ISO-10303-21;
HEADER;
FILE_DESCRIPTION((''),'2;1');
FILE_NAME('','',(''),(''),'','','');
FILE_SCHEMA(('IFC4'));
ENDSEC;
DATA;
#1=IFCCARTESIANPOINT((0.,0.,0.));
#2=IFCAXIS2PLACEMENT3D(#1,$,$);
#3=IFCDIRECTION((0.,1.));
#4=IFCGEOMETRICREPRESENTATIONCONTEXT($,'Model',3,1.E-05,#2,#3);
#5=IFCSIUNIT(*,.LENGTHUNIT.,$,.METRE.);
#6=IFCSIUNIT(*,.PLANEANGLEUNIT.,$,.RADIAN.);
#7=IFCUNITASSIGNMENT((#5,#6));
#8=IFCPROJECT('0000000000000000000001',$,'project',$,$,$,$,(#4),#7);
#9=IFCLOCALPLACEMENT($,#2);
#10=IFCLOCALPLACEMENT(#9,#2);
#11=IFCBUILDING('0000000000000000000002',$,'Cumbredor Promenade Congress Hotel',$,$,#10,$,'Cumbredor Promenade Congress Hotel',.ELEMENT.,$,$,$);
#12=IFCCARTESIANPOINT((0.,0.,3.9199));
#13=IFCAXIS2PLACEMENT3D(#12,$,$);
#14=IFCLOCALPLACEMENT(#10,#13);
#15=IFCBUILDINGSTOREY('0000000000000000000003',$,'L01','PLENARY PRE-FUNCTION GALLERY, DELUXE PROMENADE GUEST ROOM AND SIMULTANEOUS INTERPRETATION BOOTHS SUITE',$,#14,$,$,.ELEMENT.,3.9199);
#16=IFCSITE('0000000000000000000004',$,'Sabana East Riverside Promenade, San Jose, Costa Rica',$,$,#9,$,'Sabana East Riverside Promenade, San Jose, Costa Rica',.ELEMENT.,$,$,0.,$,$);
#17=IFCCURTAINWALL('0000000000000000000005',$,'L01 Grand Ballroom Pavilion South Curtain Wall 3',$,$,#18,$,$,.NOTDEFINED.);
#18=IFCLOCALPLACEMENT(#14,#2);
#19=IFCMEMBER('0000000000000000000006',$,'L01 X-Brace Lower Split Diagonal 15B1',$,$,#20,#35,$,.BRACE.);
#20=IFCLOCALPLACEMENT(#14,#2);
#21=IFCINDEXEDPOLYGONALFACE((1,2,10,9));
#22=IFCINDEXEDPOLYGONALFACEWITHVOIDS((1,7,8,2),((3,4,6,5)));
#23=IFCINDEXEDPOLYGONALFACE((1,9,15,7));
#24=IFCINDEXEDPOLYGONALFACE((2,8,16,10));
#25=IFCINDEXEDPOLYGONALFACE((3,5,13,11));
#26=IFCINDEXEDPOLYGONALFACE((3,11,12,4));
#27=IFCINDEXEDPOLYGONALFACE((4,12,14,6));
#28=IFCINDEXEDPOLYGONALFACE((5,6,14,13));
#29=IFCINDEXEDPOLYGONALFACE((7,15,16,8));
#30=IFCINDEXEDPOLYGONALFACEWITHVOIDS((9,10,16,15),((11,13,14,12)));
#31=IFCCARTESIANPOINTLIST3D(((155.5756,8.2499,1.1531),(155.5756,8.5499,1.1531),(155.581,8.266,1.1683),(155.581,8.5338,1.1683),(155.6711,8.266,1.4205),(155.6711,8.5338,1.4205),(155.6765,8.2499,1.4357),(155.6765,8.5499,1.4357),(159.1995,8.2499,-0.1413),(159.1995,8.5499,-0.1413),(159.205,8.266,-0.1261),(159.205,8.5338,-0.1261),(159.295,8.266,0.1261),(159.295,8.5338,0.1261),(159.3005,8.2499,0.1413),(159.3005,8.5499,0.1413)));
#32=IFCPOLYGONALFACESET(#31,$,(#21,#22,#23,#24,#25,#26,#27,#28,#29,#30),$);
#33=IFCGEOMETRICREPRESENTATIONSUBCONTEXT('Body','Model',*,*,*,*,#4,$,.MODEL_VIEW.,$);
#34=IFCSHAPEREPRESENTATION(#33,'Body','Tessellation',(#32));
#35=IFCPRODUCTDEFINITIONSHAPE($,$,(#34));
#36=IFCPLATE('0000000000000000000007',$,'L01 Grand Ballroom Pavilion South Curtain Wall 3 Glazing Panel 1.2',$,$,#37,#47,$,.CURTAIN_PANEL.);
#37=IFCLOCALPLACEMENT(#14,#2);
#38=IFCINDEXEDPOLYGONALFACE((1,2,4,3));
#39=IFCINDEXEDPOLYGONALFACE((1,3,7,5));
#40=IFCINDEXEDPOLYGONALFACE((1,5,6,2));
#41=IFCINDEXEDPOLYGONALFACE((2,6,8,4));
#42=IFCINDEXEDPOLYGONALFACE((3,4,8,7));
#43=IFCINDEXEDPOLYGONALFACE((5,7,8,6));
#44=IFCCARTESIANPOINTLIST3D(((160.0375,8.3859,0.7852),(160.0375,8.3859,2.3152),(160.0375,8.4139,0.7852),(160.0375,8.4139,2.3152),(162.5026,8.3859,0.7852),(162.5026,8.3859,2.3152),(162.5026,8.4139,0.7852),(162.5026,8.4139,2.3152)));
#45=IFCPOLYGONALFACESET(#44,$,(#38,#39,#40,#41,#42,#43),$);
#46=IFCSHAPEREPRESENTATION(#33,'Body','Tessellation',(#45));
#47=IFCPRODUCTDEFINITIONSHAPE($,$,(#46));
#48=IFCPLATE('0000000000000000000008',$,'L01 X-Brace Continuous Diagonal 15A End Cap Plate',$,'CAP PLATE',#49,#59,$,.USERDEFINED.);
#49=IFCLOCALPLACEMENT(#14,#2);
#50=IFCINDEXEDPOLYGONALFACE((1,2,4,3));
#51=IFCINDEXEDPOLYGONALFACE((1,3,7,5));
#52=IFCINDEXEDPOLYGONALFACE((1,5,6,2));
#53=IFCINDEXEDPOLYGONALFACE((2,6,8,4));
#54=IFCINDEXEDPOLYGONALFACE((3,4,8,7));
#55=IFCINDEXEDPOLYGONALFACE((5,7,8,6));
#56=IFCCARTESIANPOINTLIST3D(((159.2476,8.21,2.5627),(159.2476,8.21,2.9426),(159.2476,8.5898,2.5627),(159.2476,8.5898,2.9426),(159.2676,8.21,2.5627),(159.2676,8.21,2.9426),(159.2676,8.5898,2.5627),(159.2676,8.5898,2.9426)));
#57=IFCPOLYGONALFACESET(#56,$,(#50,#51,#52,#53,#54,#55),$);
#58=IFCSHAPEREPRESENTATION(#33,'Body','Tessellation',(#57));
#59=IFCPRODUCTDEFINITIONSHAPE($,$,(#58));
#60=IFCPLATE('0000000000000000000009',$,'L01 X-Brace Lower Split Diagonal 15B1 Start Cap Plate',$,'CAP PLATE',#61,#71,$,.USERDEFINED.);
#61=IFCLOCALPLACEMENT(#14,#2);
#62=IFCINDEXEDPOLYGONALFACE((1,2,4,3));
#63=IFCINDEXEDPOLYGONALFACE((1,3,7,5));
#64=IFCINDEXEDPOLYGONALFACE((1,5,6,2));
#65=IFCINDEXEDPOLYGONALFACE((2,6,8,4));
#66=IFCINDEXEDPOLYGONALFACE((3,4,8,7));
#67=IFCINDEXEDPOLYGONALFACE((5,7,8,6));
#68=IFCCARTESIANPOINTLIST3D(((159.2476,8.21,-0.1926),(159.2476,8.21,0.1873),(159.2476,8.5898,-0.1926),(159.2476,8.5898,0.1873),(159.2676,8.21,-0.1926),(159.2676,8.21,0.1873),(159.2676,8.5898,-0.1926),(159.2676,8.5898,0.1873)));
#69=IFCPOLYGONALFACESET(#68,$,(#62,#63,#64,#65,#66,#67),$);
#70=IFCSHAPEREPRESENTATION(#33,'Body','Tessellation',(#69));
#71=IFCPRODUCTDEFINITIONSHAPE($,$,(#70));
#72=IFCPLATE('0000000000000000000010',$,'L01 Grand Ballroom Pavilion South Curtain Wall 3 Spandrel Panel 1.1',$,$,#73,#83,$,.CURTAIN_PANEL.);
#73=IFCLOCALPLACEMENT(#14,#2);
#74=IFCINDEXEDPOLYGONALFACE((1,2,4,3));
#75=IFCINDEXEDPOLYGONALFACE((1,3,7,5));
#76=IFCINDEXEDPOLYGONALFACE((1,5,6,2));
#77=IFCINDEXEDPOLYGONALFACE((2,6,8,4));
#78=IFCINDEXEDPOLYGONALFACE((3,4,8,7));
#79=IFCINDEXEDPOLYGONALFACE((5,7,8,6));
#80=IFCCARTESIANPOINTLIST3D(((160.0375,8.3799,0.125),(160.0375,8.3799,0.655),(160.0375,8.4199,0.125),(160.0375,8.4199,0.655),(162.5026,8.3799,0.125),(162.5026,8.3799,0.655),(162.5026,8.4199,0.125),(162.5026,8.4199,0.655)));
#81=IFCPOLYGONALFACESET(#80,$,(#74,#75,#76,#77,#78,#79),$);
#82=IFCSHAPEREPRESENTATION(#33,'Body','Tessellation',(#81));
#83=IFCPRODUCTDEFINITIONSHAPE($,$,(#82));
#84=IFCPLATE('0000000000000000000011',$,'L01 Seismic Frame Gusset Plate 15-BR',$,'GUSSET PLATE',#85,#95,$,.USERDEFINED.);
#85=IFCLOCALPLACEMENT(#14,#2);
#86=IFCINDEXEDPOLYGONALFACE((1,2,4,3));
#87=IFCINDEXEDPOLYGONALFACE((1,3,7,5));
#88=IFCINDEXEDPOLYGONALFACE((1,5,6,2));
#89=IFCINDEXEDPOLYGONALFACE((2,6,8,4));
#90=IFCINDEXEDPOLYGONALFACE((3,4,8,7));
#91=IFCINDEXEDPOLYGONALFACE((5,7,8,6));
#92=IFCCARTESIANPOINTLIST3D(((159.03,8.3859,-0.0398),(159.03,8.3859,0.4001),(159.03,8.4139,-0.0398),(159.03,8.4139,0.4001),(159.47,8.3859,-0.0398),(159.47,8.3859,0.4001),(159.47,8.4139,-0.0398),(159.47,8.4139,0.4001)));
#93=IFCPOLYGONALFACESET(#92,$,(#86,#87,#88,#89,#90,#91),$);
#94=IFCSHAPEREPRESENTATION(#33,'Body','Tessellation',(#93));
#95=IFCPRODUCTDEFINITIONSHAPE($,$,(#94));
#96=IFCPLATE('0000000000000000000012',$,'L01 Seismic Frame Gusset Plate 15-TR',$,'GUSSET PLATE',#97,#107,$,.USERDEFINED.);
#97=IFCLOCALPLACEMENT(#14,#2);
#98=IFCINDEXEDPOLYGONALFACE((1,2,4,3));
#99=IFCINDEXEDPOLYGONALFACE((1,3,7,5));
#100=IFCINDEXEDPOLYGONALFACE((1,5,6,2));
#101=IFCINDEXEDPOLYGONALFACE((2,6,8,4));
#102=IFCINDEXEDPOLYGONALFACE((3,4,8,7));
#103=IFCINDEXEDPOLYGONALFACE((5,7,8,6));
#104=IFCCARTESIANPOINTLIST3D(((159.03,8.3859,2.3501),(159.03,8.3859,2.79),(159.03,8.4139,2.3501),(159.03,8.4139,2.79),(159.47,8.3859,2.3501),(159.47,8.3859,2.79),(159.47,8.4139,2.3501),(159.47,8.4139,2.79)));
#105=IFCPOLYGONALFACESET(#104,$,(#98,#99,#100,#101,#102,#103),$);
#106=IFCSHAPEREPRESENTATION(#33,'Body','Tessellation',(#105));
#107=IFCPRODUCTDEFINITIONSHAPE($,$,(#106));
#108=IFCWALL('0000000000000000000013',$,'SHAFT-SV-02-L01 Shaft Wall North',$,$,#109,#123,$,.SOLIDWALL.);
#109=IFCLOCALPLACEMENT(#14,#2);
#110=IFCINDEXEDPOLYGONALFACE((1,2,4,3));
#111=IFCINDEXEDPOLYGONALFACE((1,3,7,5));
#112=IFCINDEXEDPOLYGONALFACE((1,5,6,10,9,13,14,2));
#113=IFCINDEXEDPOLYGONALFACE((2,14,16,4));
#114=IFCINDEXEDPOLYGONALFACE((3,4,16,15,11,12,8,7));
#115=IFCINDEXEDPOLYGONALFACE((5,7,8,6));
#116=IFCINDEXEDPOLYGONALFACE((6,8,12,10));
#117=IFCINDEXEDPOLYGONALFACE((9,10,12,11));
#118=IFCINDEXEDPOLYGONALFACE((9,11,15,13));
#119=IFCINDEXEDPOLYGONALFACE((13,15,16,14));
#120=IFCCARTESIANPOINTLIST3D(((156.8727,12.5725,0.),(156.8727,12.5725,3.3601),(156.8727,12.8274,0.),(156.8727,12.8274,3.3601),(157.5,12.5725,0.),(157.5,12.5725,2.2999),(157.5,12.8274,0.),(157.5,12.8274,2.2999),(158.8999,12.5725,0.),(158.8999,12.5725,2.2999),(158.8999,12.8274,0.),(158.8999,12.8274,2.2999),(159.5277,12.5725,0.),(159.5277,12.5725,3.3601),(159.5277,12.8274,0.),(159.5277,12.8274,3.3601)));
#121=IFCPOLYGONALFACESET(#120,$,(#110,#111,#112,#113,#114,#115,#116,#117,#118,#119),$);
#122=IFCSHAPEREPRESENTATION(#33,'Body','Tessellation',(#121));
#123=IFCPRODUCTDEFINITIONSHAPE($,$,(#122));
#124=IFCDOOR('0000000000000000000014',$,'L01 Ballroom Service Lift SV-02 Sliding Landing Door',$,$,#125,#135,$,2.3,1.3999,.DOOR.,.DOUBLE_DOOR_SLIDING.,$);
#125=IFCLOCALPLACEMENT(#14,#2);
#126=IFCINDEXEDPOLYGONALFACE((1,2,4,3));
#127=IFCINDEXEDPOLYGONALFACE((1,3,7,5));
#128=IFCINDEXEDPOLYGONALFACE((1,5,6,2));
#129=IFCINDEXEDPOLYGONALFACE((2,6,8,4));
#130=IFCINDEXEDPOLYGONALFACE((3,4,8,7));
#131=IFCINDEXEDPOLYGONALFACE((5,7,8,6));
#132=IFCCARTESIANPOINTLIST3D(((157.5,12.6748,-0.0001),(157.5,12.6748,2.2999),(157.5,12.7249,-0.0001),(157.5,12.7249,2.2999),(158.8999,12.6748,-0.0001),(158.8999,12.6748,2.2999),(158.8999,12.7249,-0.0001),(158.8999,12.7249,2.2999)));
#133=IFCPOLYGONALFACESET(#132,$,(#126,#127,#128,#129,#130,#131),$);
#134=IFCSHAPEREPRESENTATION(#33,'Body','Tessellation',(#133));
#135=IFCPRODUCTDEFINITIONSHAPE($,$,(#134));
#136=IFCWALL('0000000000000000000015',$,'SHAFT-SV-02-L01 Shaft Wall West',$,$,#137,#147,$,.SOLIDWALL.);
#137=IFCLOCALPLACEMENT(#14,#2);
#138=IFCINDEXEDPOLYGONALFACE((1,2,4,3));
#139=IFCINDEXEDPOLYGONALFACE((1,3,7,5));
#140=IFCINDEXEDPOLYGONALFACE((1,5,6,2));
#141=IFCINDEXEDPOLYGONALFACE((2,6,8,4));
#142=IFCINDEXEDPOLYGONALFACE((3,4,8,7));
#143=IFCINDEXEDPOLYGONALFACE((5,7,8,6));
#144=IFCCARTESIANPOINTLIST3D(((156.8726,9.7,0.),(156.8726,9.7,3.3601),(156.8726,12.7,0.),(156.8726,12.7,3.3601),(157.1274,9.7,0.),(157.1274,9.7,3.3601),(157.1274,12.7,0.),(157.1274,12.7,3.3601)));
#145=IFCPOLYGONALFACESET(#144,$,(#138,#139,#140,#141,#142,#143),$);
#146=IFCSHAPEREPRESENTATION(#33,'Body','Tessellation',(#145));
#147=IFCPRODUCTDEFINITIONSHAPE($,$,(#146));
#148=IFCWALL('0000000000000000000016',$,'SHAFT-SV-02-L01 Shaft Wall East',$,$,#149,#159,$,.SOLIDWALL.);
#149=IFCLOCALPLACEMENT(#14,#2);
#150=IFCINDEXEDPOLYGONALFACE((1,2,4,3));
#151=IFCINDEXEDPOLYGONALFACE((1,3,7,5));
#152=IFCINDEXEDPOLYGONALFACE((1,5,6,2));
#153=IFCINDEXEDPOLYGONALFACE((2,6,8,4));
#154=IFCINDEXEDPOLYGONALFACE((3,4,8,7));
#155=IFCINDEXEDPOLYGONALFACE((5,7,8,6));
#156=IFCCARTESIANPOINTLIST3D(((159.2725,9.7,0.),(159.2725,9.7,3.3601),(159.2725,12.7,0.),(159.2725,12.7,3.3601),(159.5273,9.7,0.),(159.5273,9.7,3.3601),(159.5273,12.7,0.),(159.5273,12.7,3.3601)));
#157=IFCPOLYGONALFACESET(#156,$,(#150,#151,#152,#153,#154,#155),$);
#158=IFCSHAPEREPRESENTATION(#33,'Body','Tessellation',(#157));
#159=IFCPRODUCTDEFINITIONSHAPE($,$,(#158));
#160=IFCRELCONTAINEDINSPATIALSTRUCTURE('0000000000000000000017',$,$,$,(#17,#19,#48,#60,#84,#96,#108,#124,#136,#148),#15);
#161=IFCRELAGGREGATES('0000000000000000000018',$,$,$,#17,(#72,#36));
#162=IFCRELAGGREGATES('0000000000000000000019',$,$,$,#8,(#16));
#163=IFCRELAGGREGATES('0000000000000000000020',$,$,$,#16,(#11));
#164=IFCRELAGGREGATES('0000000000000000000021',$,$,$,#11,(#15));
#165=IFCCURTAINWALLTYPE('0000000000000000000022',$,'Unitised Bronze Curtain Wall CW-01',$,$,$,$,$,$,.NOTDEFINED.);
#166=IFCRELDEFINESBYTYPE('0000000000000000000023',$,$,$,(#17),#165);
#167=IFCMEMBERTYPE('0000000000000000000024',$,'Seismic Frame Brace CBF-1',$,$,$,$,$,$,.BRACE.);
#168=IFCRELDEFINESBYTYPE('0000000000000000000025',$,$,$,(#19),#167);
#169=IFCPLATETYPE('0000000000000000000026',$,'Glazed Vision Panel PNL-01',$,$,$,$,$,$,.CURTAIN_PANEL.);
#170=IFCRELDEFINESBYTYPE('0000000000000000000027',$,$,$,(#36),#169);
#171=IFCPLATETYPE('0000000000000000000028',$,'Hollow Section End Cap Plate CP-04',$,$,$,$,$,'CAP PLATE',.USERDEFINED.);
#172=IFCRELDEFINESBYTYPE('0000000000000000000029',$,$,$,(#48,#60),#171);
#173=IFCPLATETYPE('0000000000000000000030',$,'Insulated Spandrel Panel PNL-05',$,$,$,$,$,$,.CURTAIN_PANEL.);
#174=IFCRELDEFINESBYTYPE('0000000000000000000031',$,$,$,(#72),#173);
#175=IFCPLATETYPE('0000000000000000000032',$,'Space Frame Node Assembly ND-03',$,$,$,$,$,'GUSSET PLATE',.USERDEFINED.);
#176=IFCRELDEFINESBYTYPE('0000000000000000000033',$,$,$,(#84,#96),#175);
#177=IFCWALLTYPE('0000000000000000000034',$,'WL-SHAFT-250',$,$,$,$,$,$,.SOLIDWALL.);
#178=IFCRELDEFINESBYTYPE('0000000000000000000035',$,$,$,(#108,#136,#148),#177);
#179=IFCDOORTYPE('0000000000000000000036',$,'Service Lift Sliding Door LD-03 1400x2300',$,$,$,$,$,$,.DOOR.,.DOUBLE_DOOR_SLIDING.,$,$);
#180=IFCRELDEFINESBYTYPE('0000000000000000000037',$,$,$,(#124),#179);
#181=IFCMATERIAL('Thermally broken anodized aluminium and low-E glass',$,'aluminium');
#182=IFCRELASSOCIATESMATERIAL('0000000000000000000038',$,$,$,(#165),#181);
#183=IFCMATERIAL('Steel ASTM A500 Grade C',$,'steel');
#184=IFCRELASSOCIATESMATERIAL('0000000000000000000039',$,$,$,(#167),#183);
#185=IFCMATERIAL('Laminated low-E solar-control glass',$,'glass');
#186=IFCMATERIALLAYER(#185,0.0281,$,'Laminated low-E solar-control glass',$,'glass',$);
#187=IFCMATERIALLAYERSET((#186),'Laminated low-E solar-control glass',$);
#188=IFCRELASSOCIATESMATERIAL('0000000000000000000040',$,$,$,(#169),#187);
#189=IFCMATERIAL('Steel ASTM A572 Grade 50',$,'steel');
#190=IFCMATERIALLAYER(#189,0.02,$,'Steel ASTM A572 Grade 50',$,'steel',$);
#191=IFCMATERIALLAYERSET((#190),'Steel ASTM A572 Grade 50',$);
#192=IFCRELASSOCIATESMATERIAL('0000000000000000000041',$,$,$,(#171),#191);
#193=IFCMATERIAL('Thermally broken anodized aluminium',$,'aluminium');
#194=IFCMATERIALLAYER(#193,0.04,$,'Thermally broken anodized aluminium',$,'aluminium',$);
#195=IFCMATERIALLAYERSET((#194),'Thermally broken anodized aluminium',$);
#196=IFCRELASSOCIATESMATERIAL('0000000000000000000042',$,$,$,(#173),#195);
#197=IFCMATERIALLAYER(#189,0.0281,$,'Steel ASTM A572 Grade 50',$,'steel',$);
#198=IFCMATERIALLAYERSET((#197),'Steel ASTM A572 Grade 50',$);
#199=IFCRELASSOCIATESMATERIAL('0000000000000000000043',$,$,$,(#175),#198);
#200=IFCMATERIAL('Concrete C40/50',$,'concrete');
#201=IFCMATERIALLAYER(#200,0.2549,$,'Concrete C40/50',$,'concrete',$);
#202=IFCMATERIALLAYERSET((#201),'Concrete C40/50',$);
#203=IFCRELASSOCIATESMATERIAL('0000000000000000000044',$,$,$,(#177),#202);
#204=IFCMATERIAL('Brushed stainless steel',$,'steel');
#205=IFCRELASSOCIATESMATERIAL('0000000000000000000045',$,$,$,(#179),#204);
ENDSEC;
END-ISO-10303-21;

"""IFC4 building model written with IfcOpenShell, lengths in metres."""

from ifc_helpers import new_model, si_unit, direction, frame, frame_2d, origin, origin_2d, place, context, subcontext, project, spatial, rectangle, hollow_rectangle, extrude, material, layer, layer_set, material_profile, profile_set, type_object, element, fill, aggregate, save


model = new_model("IFC4")

# Units and contexts
model_context = context("Model", 3, precision=1e-05, world=origin(), true_north=direction((0.0, 1.0)))
body_context = subcontext(model_context, "Body", "Model", "MODEL_VIEW")
ifc_project = project(units=[si_unit("LENGTHUNIT", "METRE"), si_unit("PLANEANGLEUNIT", "RADIAN")], contexts=[model_context])

# Site, building, storey
site_placement = place(None, origin())
site = spatial("IfcSite", under=ifc_project, at=site_placement, Name="Sabana East Riverside Promenade, San Jose, Costa Rica", LongName="Sabana East Riverside Promenade, San Jose, Costa Rica", CompositionType="ELEMENT", RefElevation=0.0)
building_placement = place(site_placement, origin())
building = spatial("IfcBuilding", under=site, at=building_placement, Name="Cumbredor Promenade Congress Hotel", LongName="Cumbredor Promenade Congress Hotel", CompositionType="ELEMENT")
storey_placement = place(building_placement, frame((0.0, 0.0, 3.9199)))
storey = spatial("IfcBuildingStorey", under=building, at=storey_placement, Name="L01", Description="PLENARY PRE-FUNCTION GALLERY, DELUXE PROMENADE GUEST ROOM AND SIMULTANEOUS INTERPRETATION BOOTHS SUITE", CompositionType="ELEMENT", Elevation=3.9199)

# Shared definitions
ifc_material_1 = material(Name="Concrete C40/50", Category="concrete")

# Curtain wall
ifc_material_2 = material(Name="Thermally broken anodized aluminium and low-E glass", Category="aluminium")
curtain_wall_type = type_object("IfcCurtainWallType", Name="Unitised Bronze Curtain Wall CW-01", PredefinedType="NOTDEFINED", material=ifc_material_2)
curtain_wall_placement = place(storey_placement, origin())
curtain_wall = element("IfcCurtainWall", 1, at=curtain_wall_placement, inside=storey, type_object=curtain_wall_type, Name="L01 Grand Ballroom Pavilion South Curtain Wall 3", PredefinedType="NOTDEFINED")
ifc_material_3 = material(Name="Thermally broken anodized aluminium", Category="aluminium")

# Member
ifc_material_4 = material(Name="Steel ASTM A500 Grade C", Category="steel")
ifc_material_profile_1 = material_profile(ifc_material_4, hollow_rectangle(XDim=0.3, YDim=0.3, WallThickness=0.0161, at=origin_2d()), Name="HSS 300x300x16")
ifc_profile_set_1 = profile_set([ifc_material_profile_1], Name="Steel ASTM A500 Grade C")
member_type_1 = type_object("IfcMemberType", Name="Seismic Frame Brace CBF-1", PredefinedType="BRACE", material=ifc_profile_set_1)
member_1_placement = place(storey_placement, frame((159.25, 8.3999, 0.0), z_axis=(-0.94173, 0.0, 0.336369), x_axis=(0.0, -1.0, 0.0)))
element("IfcMember", 2, at=member_1_placement, inside=storey, type_object=member_type_1, Name="L01 X-Brace Lower Split Diagonal 15B1", PredefinedType="BRACE", context=body_context, shape_type="SweptSolid", body=[
    extrude(hollow_rectangle(XDim=0.3, YDim=0.3, WallThickness=0.0161, at=origin_2d()), origin(), (0.0, 0.0, 1.0), 3.8481),
])

# Plate
ifc_material_5 = material(Name="Laminated low-E solar-control glass", Category="glass")
ifc_layer_1 = layer(ifc_material_5, 0.0281, Name="Laminated low-E solar-control glass", Category="glass")
ifc_layer_set_1 = layer_set([ifc_layer_1], Name="Laminated low-E solar-control glass")
plate_type_1 = type_object("IfcPlateType", Name="Glazed Vision Panel PNL-01", PredefinedType="CURTAIN_PANEL", material=ifc_layer_set_1)
plate_1_placement = place(storey_placement, frame((161.27, 8.3999, 0.7852), z_axis=(0.0, 0.0, 1.0), x_axis=(1.0, 0.0, 0.0)))
plate_1 = element("IfcPlate", 3, at=plate_1_placement, type_object=plate_type_1, Name="L01 Grand Ballroom Pavilion South Curtain Wall 3 Glazing Panel 1.2", PredefinedType="CURTAIN_PANEL", context=body_context, shape_type="SweptSolid", body=[
    extrude(rectangle(XDim=2.4651, YDim=0.0281, at=origin_2d()), origin(), (0.0, 0.0, 1.0), 1.53),
])

# Plates
ifc_material_6 = material(Name="Steel ASTM A572 Grade 50", Category="steel")
ifc_layer_2 = layer(ifc_material_6, 0.02, Name="Steel ASTM A572 Grade 50", Category="steel")
ifc_layer_set_2 = layer_set([ifc_layer_2], Name="Steel ASTM A572 Grade 50")
plate_type_2 = type_object("IfcPlateType", Name="Hollow Section End Cap Plate CP-04", ElementType="CAP PLATE", PredefinedType="USERDEFINED", material=ifc_layer_set_2)
for number, where, z_axis, x_axis, name in (
    (4, (159.2576, 8.3999, 2.5627), (0.0, 0.0, 1.0), (1.0, 0.0, 0.0), "L01 X-Brace Continuous Diagonal 15A End Cap Plate"),
    (5, (159.2576, 8.3999, -0.1926), (0.0, 0.0, 1.0), (-1.0, 0.0, 0.0), "L01 X-Brace Lower Split Diagonal 15B1 Start Cap Plate"),
):
    element("IfcPlate", number, at=place(storey_placement, frame(where, z_axis=z_axis, x_axis=x_axis)), inside=storey, type_object=plate_type_2, Name=name, ObjectType="CAP PLATE", PredefinedType="USERDEFINED", context=body_context, shape_type="SweptSolid", body=[
        extrude(rectangle(XDim=0.02, YDim=0.3799, at=origin_2d()), origin(), (0.0, 0.0, 1.0), 0.3799),
    ])

# Plate
ifc_layer_3 = layer(ifc_material_3, 0.04, Name="Thermally broken anodized aluminium", Category="aluminium")
ifc_layer_set_3 = layer_set([ifc_layer_3], Name="Thermally broken anodized aluminium")
plate_type_3 = type_object("IfcPlateType", Name="Insulated Spandrel Panel PNL-05", PredefinedType="CURTAIN_PANEL", material=ifc_layer_set_3)
plate_2_placement = place(storey_placement, frame((161.27, 8.3999, 0.125), z_axis=(0.0, 0.0, 1.0), x_axis=(1.0, 0.0, 0.0)))
plate_2 = element("IfcPlate", 6, at=plate_2_placement, type_object=plate_type_3, Name="L01 Grand Ballroom Pavilion South Curtain Wall 3 Spandrel Panel 1.1", PredefinedType="CURTAIN_PANEL", context=body_context, shape_type="SweptSolid", body=[
    extrude(rectangle(XDim=2.4651, YDim=0.04, at=origin_2d()), origin(), (0.0, 0.0, 1.0), 0.53),
])
aggregate(curtain_wall, [plate_2, plate_1])

# Plates
ifc_layer_4 = layer(ifc_material_6, 0.0281, Name="Steel ASTM A572 Grade 50", Category="steel")
ifc_layer_set_4 = layer_set([ifc_layer_4], Name="Steel ASTM A572 Grade 50")
plate_type_4 = type_object("IfcPlateType", Name="Space Frame Node Assembly ND-03", ElementType="GUSSET PLATE", PredefinedType="USERDEFINED", material=ifc_layer_set_4)
for number, where, z_axis, x_axis, name in (
    (7, (159.25, 8.3999, -0.0398), (0.0, 0.0, 1.0), (1.0, 0.0, 0.0), "L01 Seismic Frame Gusset Plate 15-BR"),
    (8, (159.25, 8.3999, 2.3501), (0.0, 0.0, 1.0), (1.0, 0.0, 0.0), "L01 Seismic Frame Gusset Plate 15-TR"),
):
    element("IfcPlate", number, at=place(storey_placement, frame(where, z_axis=z_axis, x_axis=x_axis)), inside=storey, type_object=plate_type_4, Name=name, ObjectType="GUSSET PLATE", PredefinedType="USERDEFINED", context=body_context, shape_type="SweptSolid", body=[
        extrude(rectangle(XDim=0.4399, YDim=0.0281, at=origin_2d()), origin(), (0.0, 0.0, 1.0), 0.4399),
    ])

# Wall, opening, door
ifc_layer_5 = layer(ifc_material_1, 0.2549, Name="Concrete C40/50", Category="concrete")
ifc_layer_set_5 = layer_set([ifc_layer_5], Name="Concrete C40/50")
wall_type = type_object("IfcWallType", Name="WL-SHAFT-250", PredefinedType="SOLIDWALL", material=ifc_layer_set_5)
wall_placement = place(storey_placement, frame((156.8726, 12.7, 0.0), z_axis=(0.0, 0.0, 1.0), x_axis=(1.0, 0.0, 0.0)))
wall = element("IfcWall", 9, at=wall_placement, inside=storey, type_object=wall_type, Name="SHAFT-SV-02-L01 Shaft Wall North", PredefinedType="SOLIDWALL", context=body_context, shape_type="SweptSolid", body=[
    extrude(rectangle(XDim=2.655, YDim=0.2549, at=frame_2d((1.3276, 0.0))), origin(), (0.0, 0.0, 1.0), 3.3601),
])
opening_placement = place(wall_placement, frame((0.6274, 0.0, 0.0)))
opening = element("IfcOpeningElement", 10, at=opening_placement, cuts=wall, PredefinedType="OPENING", context=body_context, shape_type="SweptSolid", body=[
    extrude(rectangle(XDim=1.3999, YDim=2.3, at=frame_2d((0.7, 1.1499))), frame((0.0, 0.1375, 0.0), z_axis=(0.0, -1.0, 0.0), x_axis=(1.0, 0.0, 0.0)), (0.0, 0.0, 1.0), 0.2749),
])
ifc_material_7 = material(Name="Brushed stainless steel", Category="steel")
door_type = type_object("IfcDoorType", Name="Service Lift Sliding Door LD-03 1400x2300", OperationType="DOUBLE_DOOR_SLIDING", PredefinedType="DOOR", material=ifc_material_7)
door_placement = place(opening_placement, origin())
door = element("IfcDoor", 11, at=door_placement, inside=storey, type_object=door_type, Name="L01 Ballroom Service Lift SV-02 Sliding Landing Door", OperationType="DOUBLE_DOOR_SLIDING", OverallHeight=2.3, OverallWidth=1.3999, PredefinedType="DOOR", context=body_context, shape_type="SweptSolid", body=[
    extrude(rectangle(XDim=1.3999, YDim=2.3, at=frame_2d((0.7, 1.1499))), frame((0.0, 0.0249, 0.0), z_axis=(0.0, -1.0, 0.0), x_axis=(1.0, 0.0, 0.0)), (0.0, 0.0, 1.0), 0.05),
])
fill(opening, door)

# Walls
for number, where, z_axis, x_axis, name in (
    (12, (157.0, 9.7, 0.0), (0.0, 0.0, 1.0), (0.0, 1.0, 0.0), "SHAFT-SV-02-L01 Shaft Wall West"),
    (13, (159.3999, 9.7, 0.0), (0.0, 0.0, 1.0), (0.0, 1.0, 0.0), "SHAFT-SV-02-L01 Shaft Wall East"),
):
    element("IfcWall", number, at=place(storey_placement, frame(where, z_axis=z_axis, x_axis=x_axis)), inside=storey, type_object=wall_type, Name=name, PredefinedType="SOLIDWALL", context=body_context, shape_type="SweptSolid", body=[
        extrude(rectangle(XDim=3.0, YDim=0.2549, at=frame_2d((1.5, 0.0))), origin(), (0.0, 0.0, 1.0), 3.3601),
    ])

save(model, "model.ifc")
